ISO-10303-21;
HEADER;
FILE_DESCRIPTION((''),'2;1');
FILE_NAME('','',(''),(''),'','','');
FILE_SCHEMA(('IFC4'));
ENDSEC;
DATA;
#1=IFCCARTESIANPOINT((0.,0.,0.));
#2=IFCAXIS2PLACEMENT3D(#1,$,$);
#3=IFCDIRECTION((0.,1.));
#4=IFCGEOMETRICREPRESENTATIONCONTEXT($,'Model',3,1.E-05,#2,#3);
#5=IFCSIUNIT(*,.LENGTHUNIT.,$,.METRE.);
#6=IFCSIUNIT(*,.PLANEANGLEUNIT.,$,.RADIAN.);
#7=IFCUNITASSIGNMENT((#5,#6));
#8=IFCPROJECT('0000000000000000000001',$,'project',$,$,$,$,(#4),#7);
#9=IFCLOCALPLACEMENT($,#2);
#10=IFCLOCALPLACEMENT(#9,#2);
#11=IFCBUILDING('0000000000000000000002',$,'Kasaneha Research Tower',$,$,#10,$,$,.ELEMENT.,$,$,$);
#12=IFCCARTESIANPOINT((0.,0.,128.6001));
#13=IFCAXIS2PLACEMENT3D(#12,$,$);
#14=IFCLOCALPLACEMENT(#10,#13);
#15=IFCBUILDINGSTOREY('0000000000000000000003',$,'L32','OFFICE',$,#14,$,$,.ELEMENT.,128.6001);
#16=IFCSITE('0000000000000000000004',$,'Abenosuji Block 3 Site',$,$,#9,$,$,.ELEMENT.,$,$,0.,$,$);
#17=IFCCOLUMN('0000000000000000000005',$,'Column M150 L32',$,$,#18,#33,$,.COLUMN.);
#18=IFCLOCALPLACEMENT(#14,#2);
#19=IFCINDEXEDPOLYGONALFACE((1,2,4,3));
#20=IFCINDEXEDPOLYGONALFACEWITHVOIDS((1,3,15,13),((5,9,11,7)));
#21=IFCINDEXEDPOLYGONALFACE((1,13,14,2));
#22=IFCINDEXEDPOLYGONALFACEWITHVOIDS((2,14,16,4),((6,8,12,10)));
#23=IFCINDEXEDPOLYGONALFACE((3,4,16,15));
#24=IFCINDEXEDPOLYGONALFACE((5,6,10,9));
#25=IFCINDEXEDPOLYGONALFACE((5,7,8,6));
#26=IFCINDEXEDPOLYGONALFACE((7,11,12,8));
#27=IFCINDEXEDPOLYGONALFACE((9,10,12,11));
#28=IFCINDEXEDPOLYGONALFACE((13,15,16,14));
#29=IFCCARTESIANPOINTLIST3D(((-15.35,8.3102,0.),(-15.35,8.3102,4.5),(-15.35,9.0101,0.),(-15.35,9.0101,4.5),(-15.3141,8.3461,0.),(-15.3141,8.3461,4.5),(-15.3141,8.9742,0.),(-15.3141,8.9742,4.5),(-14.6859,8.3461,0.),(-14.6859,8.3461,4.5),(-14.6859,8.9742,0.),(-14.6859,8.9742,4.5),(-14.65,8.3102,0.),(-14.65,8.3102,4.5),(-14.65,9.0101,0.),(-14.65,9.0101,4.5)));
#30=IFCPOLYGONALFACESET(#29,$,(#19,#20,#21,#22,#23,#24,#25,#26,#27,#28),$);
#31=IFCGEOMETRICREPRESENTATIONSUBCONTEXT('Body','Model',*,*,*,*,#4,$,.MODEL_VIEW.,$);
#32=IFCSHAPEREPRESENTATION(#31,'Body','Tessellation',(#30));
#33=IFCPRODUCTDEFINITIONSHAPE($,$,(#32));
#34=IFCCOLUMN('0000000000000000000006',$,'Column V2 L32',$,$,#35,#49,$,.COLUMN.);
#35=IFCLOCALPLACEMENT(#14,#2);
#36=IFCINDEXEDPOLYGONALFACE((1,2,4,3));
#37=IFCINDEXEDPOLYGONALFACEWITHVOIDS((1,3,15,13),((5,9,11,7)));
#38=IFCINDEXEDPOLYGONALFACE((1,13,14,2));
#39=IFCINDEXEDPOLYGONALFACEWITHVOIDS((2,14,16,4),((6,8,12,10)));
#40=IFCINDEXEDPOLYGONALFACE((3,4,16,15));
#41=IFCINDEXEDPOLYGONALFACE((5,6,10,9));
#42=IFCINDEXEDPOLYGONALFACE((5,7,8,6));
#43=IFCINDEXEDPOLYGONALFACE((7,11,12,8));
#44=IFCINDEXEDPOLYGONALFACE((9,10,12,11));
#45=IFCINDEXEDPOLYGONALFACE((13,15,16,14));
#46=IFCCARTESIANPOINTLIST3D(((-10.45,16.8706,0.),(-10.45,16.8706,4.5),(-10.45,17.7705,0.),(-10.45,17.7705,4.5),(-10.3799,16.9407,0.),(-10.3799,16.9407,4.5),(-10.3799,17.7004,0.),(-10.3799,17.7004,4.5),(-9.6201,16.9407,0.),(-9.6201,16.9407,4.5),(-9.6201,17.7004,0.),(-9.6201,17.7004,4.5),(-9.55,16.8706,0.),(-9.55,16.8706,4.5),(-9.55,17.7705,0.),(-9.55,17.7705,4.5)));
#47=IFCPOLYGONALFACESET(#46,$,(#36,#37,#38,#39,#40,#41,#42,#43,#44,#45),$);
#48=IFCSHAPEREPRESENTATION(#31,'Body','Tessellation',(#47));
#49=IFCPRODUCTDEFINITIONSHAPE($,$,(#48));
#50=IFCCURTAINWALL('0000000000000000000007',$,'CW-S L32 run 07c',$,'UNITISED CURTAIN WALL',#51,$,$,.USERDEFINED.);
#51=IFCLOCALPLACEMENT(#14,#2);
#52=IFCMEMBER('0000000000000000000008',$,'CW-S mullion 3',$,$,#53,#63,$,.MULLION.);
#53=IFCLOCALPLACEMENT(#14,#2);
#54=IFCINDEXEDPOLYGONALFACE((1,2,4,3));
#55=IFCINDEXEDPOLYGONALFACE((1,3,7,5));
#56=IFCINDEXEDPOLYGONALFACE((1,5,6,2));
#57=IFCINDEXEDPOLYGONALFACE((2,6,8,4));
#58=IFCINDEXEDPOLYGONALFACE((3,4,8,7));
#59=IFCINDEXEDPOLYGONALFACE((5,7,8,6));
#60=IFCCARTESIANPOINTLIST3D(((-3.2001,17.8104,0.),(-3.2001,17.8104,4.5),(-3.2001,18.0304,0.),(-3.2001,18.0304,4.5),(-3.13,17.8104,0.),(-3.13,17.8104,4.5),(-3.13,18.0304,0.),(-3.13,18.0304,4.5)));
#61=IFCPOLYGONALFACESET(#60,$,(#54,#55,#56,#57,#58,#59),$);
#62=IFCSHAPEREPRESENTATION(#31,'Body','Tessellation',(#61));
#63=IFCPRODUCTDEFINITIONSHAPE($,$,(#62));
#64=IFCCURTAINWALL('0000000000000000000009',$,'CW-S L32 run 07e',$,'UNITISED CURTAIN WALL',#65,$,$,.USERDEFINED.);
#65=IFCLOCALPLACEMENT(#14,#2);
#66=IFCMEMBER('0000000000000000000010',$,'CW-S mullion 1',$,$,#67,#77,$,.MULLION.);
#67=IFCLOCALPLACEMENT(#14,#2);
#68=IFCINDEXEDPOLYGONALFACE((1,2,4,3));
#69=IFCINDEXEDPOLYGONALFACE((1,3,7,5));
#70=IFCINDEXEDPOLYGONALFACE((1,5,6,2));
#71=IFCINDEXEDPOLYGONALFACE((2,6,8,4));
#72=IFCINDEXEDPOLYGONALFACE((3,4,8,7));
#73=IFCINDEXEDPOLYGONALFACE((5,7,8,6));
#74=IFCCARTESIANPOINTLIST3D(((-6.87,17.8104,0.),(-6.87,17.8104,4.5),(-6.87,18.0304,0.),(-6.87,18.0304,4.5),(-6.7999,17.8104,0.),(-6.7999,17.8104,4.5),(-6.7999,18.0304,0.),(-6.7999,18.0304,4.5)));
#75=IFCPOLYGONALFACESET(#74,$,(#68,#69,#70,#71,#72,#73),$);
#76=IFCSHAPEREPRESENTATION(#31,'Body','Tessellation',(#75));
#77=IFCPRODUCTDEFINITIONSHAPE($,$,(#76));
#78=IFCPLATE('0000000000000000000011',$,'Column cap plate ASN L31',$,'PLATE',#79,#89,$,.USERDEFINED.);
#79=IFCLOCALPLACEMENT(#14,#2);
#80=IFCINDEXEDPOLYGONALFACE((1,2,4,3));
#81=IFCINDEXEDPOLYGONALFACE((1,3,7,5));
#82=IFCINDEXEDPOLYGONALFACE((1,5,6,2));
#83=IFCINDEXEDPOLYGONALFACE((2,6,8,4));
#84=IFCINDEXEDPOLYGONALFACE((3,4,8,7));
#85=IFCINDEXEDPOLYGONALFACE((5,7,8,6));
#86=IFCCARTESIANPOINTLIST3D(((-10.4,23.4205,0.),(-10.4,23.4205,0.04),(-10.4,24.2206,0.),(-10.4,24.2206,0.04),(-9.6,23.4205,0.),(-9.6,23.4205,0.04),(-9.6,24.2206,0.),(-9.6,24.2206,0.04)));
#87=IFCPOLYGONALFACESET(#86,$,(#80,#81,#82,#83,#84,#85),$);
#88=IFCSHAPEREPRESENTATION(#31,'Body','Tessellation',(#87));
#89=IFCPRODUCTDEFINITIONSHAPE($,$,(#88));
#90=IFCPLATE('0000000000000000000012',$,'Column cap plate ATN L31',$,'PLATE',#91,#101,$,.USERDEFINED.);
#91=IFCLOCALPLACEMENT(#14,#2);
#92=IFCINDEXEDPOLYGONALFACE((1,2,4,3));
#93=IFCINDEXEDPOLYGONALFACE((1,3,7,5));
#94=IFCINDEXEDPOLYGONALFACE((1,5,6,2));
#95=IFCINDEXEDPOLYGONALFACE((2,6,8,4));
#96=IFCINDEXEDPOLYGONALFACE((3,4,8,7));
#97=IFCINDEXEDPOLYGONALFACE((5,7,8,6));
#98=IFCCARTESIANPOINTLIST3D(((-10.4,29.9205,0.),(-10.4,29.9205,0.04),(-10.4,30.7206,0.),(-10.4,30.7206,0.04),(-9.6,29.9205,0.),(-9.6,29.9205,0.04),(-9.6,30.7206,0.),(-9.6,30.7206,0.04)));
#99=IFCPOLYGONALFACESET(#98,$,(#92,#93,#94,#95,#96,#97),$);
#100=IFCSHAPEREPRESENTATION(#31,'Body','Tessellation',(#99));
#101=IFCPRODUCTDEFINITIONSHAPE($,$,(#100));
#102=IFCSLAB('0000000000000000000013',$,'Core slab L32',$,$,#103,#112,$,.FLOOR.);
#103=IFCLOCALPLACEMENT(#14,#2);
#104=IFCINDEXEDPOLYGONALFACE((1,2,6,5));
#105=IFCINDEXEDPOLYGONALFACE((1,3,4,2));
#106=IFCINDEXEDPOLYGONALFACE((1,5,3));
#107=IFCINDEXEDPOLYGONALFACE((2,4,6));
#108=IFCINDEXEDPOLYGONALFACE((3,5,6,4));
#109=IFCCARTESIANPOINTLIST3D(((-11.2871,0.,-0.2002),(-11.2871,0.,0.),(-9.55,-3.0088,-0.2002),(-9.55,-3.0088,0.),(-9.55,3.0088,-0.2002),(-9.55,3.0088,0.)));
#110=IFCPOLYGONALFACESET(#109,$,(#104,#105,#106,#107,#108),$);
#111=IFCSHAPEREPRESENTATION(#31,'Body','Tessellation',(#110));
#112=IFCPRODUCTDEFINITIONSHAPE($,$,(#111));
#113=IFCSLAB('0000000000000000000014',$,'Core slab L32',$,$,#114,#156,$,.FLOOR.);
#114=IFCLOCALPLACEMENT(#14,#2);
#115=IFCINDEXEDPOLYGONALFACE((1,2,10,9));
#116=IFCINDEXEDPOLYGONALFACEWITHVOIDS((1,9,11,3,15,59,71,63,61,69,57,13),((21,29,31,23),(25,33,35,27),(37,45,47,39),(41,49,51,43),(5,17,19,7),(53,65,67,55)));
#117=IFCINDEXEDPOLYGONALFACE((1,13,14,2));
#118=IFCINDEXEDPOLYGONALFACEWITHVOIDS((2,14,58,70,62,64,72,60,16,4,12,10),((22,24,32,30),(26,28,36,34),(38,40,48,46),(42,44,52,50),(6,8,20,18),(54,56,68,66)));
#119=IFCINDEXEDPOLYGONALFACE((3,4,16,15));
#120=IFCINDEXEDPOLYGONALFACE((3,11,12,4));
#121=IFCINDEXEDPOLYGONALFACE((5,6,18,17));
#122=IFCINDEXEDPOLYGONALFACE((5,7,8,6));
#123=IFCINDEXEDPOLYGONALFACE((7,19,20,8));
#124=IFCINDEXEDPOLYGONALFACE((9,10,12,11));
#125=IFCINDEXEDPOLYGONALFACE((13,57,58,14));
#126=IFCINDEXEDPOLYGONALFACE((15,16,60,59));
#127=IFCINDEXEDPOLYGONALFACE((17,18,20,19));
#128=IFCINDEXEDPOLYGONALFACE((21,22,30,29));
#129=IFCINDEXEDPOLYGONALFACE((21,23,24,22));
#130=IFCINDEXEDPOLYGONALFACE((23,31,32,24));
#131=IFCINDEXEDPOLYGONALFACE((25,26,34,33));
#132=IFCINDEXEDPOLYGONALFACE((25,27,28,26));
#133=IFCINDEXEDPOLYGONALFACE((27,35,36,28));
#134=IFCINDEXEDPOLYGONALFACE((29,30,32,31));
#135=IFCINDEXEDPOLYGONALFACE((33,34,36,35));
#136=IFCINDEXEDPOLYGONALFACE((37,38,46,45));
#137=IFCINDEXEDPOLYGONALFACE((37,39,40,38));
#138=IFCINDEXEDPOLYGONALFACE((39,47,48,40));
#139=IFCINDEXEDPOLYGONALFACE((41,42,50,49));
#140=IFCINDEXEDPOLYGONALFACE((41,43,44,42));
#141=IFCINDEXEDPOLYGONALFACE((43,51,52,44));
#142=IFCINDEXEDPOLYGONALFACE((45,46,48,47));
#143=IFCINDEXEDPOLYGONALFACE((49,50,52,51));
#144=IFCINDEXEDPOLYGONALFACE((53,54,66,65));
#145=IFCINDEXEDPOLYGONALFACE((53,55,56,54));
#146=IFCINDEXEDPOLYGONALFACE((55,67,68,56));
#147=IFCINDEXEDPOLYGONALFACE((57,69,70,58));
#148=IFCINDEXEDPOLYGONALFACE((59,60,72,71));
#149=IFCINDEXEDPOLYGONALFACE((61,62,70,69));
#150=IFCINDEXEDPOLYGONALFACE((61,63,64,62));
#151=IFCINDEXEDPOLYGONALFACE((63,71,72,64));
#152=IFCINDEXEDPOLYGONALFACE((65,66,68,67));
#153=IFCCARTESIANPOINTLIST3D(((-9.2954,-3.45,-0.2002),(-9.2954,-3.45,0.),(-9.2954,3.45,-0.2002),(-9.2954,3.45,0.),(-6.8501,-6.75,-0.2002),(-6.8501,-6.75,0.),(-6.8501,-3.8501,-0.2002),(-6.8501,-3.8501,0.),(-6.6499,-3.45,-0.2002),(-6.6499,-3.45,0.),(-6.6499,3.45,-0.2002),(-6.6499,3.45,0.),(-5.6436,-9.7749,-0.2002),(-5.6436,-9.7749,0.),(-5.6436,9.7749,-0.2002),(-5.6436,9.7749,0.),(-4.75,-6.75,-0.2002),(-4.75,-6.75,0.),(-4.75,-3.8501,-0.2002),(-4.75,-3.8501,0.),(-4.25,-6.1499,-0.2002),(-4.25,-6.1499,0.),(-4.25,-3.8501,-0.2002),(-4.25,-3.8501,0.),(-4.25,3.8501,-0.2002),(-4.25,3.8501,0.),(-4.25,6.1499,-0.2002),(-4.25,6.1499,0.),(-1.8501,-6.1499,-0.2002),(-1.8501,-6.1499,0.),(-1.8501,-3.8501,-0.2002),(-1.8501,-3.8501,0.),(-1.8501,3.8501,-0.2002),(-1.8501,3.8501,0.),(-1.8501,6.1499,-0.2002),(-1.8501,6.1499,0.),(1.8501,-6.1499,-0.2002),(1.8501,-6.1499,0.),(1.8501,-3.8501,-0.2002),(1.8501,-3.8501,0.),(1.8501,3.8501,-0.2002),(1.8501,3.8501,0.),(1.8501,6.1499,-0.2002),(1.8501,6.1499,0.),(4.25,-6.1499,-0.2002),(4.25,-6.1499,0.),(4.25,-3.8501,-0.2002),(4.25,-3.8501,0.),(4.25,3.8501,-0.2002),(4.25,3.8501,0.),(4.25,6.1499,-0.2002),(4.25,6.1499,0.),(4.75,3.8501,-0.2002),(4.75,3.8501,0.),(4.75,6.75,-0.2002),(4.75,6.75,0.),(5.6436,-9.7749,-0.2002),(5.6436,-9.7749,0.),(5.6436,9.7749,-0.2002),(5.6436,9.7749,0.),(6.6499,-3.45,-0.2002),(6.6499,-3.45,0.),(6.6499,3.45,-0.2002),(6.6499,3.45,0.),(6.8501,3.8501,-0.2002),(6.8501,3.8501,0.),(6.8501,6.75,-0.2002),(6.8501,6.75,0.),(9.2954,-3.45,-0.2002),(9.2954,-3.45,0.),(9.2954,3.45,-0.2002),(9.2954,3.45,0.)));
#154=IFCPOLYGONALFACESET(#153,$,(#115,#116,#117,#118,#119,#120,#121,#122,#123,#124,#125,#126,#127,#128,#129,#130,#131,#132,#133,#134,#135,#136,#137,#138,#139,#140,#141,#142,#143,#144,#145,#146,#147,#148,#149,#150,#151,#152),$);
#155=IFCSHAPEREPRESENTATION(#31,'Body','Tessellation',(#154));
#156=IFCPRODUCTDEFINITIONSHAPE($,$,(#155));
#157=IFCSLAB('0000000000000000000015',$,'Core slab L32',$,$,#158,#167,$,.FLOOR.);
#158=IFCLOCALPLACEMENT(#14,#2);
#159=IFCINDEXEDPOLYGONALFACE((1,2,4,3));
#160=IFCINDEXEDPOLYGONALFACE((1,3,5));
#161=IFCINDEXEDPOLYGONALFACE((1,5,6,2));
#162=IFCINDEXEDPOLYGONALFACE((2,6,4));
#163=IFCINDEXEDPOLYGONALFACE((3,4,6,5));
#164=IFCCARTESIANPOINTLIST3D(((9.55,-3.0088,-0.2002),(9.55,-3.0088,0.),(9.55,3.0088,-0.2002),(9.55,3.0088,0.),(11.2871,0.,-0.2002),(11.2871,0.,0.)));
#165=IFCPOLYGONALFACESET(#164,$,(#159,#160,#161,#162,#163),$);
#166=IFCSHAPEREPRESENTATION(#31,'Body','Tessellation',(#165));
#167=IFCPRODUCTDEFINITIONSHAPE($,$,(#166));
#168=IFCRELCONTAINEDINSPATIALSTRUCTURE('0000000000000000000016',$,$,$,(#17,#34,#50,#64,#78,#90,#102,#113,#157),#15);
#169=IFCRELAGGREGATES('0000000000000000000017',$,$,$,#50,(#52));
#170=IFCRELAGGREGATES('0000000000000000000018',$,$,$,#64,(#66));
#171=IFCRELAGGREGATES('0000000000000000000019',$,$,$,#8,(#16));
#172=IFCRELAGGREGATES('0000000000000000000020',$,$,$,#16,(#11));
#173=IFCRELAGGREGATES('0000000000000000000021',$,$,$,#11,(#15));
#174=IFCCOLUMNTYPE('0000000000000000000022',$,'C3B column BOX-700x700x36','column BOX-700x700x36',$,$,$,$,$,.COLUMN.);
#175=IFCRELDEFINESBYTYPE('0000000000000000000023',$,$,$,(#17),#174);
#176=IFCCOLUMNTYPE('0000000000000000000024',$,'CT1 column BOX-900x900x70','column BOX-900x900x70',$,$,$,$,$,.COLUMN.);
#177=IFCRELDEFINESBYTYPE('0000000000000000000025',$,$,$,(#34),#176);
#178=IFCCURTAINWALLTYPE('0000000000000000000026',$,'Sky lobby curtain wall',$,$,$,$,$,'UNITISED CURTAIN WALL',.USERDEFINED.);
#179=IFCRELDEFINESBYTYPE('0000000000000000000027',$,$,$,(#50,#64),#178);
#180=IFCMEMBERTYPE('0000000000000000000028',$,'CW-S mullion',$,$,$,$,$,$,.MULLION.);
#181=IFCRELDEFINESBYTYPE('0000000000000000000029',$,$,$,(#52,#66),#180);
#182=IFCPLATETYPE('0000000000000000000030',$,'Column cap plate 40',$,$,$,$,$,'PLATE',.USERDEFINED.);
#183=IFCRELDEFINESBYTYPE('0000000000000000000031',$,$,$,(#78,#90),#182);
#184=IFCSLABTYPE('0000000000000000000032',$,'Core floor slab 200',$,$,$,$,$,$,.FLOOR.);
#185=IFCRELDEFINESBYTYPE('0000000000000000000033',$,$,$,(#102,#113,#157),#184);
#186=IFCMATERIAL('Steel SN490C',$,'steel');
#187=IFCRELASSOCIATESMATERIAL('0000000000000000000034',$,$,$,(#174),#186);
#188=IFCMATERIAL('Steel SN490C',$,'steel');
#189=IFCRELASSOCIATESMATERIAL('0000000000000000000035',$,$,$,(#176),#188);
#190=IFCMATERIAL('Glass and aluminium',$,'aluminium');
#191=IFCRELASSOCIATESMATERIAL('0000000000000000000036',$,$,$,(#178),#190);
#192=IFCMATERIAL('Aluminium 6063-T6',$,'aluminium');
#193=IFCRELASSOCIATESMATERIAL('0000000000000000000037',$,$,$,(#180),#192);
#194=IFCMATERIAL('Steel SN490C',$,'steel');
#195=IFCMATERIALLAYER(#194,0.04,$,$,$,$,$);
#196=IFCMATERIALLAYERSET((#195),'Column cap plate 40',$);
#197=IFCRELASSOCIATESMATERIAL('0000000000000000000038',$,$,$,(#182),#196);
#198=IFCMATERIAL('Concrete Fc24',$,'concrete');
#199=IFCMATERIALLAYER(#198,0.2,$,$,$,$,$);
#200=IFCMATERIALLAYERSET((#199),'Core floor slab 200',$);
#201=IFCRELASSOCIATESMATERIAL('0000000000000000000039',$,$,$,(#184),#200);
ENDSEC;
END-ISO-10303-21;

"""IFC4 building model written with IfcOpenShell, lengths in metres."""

from ifc_helpers import new_model, si_unit, direction, frame, origin, origin_2d, place, context, subcontext, project, spatial, polyline, rectangle, hollow_rectangle, outline, extrude, material, layer, layer_set, material_profile, profile_set, type_object, element, aggregate, save


model = new_model("IFC4")

# Units and contexts
model_context = context("Model", 3, precision=1e-05, world=origin(), true_north=direction((0.0, 1.0)))
body_context = subcontext(model_context, "Body", "Model", "MODEL_VIEW")
ifc_project = project(units=[si_unit("LENGTHUNIT", "METRE"), si_unit("PLANEANGLEUNIT", "RADIAN")], contexts=[model_context])

# Site, building, storey
site_placement = place(None, origin())
site = spatial("IfcSite", under=ifc_project, at=site_placement, Name="Abenosuji Block 3 Site", CompositionType="ELEMENT", RefElevation=0.0)
building_placement = place(site_placement, origin())
building = spatial("IfcBuilding", under=site, at=building_placement, Name="Kasaneha Research Tower", CompositionType="ELEMENT")
storey_placement = place(building_placement, frame((0.0, 0.0, 128.6001)))
storey = spatial("IfcBuildingStorey", under=building, at=storey_placement, Name="L32", Description="OFFICE", CompositionType="ELEMENT", Elevation=128.6001)

# Columns
ifc_material_1 = material(Name="Steel SN490C", Category="steel")
ifc_material_profile_1 = material_profile(ifc_material_1, hollow_rectangle(XDim=0.7, YDim=0.7, WallThickness=0.0359, at=origin_2d()), Name="BOX-700x700x36")
ifc_profile_set_1 = profile_set([ifc_material_profile_1], Name="Steel SN490C")
column_type_1 = type_object("IfcColumnType", Name="C3B column BOX-700x700x36", Description="column BOX-700x700x36", PredefinedType="COLUMN", material=ifc_profile_set_1)
column_1_placement = place(storey_placement, frame((-15.0, 8.6602, 0.0), z_axis=(0.0, 0.0, 1.0), x_axis=(1.0, 0.0, 0.0)))
element("IfcColumn", 1, at=column_1_placement, inside=storey, type_object=column_type_1, Name="Column M150 L32", PredefinedType="COLUMN", context=body_context, shape_type="SweptSolid", body=[
    extrude(hollow_rectangle(XDim=0.7, YDim=0.7, WallThickness=0.0359, at=origin_2d()), origin(), (0.0, 0.0, 1.0), 4.5),
])
ifc_material_2 = material(Name="Steel SN490C", Category="steel")
ifc_material_profile_2 = material_profile(ifc_material_2, hollow_rectangle(XDim=0.8999, YDim=0.8999, WallThickness=0.0701, at=origin_2d()), Name="BOX-900x900x70")
ifc_profile_set_2 = profile_set([ifc_material_profile_2], Name="Steel SN490C")
column_type_2 = type_object("IfcColumnType", Name="CT1 column BOX-900x900x70", Description="column BOX-900x900x70", PredefinedType="COLUMN", material=ifc_profile_set_2)
column_2_placement = place(storey_placement, frame((-10.0, 17.3206, 0.0), z_axis=(0.0, 0.0, 1.0), x_axis=(1.0, 0.0, 0.0)))
element("IfcColumn", 2, at=column_2_placement, inside=storey, type_object=column_type_2, Name="Column V2 L32", PredefinedType="COLUMN", context=body_context, shape_type="SweptSolid", body=[
    extrude(hollow_rectangle(XDim=0.8999, YDim=0.8999, WallThickness=0.0701, at=origin_2d()), origin(), (0.0, 0.0, 1.0), 4.5),
])

# Curtain walls, members
ifc_material_3 = material(Name="Glass and aluminium", Category="aluminium")
curtain_wall_type = type_object("IfcCurtainWallType", Name="Sky lobby curtain wall", ElementType="UNITISED CURTAIN WALL", PredefinedType="USERDEFINED", material=ifc_material_3)
curtain_wall_1_placement = place(storey_placement, origin())
curtain_wall_1 = element("IfcCurtainWall", 3, at=curtain_wall_1_placement, inside=storey, type_object=curtain_wall_type, Name="CW-S L32 run 07c", ObjectType="UNITISED CURTAIN WALL", PredefinedType="USERDEFINED")
ifc_material_4 = material(Name="Aluminium 6063-T6", Category="aluminium")
ifc_material_profile_3 = material_profile(ifc_material_4, rectangle(XDim=0.0701, YDim=0.22, at=origin_2d()), Name="CW-S mullion 70x220")
ifc_profile_set_3 = profile_set([ifc_material_profile_3], Name="Aluminium 6063-T6")
member_type = type_object("IfcMemberType", Name="CW-S mullion", PredefinedType="MULLION", material=ifc_profile_set_3)
member_1_placement = place(storey_placement, frame((-3.165, 17.9204, 0.0), z_axis=(0.0, 0.0, 1.0), x_axis=(-1.0, 0.0, 0.0)))
member_1 = element("IfcMember", 4, at=member_1_placement, type_object=member_type, Name="CW-S mullion 3", PredefinedType="MULLION", context=body_context, shape_type="SweptSolid", body=[
    extrude(rectangle(XDim=0.0701, YDim=0.22, at=origin_2d()), origin(), (0.0, 0.0, 1.0), 4.5),
])
aggregate(curtain_wall_1, [member_1])
curtain_wall_2_placement = place(storey_placement, origin())
curtain_wall_2 = element("IfcCurtainWall", 5, at=curtain_wall_2_placement, inside=storey, type_object=curtain_wall_type, Name="CW-S L32 run 07e", ObjectType="UNITISED CURTAIN WALL", PredefinedType="USERDEFINED")
member_2_placement = place(storey_placement, frame((-6.835, 17.9204, 0.0), z_axis=(0.0, 0.0, 1.0), x_axis=(-1.0, 0.0, 0.0)))
member_2 = element("IfcMember", 6, at=member_2_placement, type_object=member_type, Name="CW-S mullion 1", PredefinedType="MULLION", context=body_context, shape_type="SweptSolid", body=[
    extrude(rectangle(XDim=0.0701, YDim=0.22, at=origin_2d()), origin(), (0.0, 0.0, 1.0), 4.5),
])
aggregate(curtain_wall_2, [member_2])

# Plates
ifc_material_5 = material(Name="Steel SN490C", Category="steel")
ifc_layer_1 = layer(ifc_material_5, 0.04)
ifc_layer_set_1 = layer_set([ifc_layer_1], Name="Column cap plate 40")
plate_type = type_object("IfcPlateType", Name="Column cap plate 40", ElementType="PLATE", PredefinedType="USERDEFINED", material=ifc_layer_set_1)
for number, where, z_axis, x_axis, name in (
    (7, (-10.0, 23.8206, 0.0), (0.0, 0.0, 1.0), (1.0, 0.0, 0.0), "Column cap plate ASN L31"),
    (8, (-10.0, 30.3206, 0.0), (0.0, 0.0, 1.0), (1.0, 0.0, 0.0), "Column cap plate ATN L31"),
):
    element("IfcPlate", number, at=place(storey_placement, frame(where, z_axis=z_axis, x_axis=x_axis)), inside=storey, type_object=plate_type, Name=name, ObjectType="PLATE", PredefinedType="USERDEFINED", context=body_context, shape_type="SweptSolid", body=[
        extrude(rectangle(XDim=0.8, YDim=0.8, at=origin_2d()), origin(), (0.0, 0.0, 1.0), 0.04),
    ])

# Slabs
ifc_material_6 = material(Name="Concrete Fc24", Category="concrete")
ifc_layer_2 = layer(ifc_material_6, 0.2)
ifc_layer_set_2 = layer_set([ifc_layer_2], Name="Core floor slab 200")
slab_type_1 = type_object("IfcSlabType", Name="Core floor slab 200", PredefinedType="FLOOR", material=ifc_layer_set_2)
slab_1_placement = place(storey_placement, frame((0.0, 0.0, -0.2002)))
element("IfcSlab", 9, at=slab_1_placement, inside=storey, type_object=slab_type_1, Name="Core slab L32", PredefinedType="FLOOR", context=body_context, shape_type="SweptSolid", body=[
    extrude(outline(polyline([(-11.2871, 0.0), (-9.55, 3.0088), (-9.55, -3.0088), (-11.2871, 0.0)])), origin(), (0.0, 0.0, 1.0), 0.2002),
])
slab_2_placement = place(storey_placement, frame((0.0, 0.0, -0.2002)))
element("IfcSlab", 10, at=slab_2_placement, inside=storey, type_object=slab_type_1, Name="Core slab L32", PredefinedType="FLOOR", context=body_context, shape_type="SweptSolid", body=[
    extrude(outline(polyline([(-5.6436, 9.7749), (5.6436, 9.7749), (9.2954, 3.45), (6.6499, 3.45), (6.6499, -3.45), (9.2954, -3.45), (5.6436, -9.7749), (-5.6436, -9.7749), (-9.2954, -3.45), (-6.6499, -3.45), (-6.6499, 3.45), (-9.2954, 3.45), (-5.6436, 9.7749)]), holes=[polyline([(-6.8501, -3.8501), (-6.8501, -6.75), (-4.75, -6.75), (-4.75, -3.8501), (-6.8501, -3.8501)]), polyline([(-4.25, -3.8501), (-4.25, -6.1499), (-1.8501, -6.1499), (-1.8501, -3.8501), (-4.25, -3.8501)]), polyline([(1.8501, -3.8501), (1.8501, -6.1499), (4.25, -6.1499), (4.25, -3.8501), (1.8501, -3.8501)]), polyline([(-4.25, 6.1499), (-4.25, 3.8501), (-1.8501, 3.8501), (-1.8501, 6.1499), (-4.25, 6.1499)]), polyline([(4.25, 6.1499), (1.8501, 6.1499), (1.8501, 3.8501), (4.25, 3.8501), (4.25, 6.1499)]), polyline([(6.8501, 6.75), (4.75, 6.75), (4.75, 3.8501), (6.8501, 3.8501), (6.8501, 6.75)])]), origin(), (0.0, 0.0, 1.0), 0.2002),
])
slab_3_placement = place(storey_placement, frame((0.0, 0.0, -0.2002)))
element("IfcSlab", 11, at=slab_3_placement, inside=storey, type_object=slab_type_1, Name="Core slab L32", PredefinedType="FLOOR", context=body_context, shape_type="SweptSolid", body=[
    extrude(outline(polyline([(11.2871, 0.0), (9.55, -3.0088), (9.55, 3.0088), (11.2871, 0.0)])), origin(), (0.0, 0.0, 1.0), 0.2002),
])

save(model, "model.ifc")
